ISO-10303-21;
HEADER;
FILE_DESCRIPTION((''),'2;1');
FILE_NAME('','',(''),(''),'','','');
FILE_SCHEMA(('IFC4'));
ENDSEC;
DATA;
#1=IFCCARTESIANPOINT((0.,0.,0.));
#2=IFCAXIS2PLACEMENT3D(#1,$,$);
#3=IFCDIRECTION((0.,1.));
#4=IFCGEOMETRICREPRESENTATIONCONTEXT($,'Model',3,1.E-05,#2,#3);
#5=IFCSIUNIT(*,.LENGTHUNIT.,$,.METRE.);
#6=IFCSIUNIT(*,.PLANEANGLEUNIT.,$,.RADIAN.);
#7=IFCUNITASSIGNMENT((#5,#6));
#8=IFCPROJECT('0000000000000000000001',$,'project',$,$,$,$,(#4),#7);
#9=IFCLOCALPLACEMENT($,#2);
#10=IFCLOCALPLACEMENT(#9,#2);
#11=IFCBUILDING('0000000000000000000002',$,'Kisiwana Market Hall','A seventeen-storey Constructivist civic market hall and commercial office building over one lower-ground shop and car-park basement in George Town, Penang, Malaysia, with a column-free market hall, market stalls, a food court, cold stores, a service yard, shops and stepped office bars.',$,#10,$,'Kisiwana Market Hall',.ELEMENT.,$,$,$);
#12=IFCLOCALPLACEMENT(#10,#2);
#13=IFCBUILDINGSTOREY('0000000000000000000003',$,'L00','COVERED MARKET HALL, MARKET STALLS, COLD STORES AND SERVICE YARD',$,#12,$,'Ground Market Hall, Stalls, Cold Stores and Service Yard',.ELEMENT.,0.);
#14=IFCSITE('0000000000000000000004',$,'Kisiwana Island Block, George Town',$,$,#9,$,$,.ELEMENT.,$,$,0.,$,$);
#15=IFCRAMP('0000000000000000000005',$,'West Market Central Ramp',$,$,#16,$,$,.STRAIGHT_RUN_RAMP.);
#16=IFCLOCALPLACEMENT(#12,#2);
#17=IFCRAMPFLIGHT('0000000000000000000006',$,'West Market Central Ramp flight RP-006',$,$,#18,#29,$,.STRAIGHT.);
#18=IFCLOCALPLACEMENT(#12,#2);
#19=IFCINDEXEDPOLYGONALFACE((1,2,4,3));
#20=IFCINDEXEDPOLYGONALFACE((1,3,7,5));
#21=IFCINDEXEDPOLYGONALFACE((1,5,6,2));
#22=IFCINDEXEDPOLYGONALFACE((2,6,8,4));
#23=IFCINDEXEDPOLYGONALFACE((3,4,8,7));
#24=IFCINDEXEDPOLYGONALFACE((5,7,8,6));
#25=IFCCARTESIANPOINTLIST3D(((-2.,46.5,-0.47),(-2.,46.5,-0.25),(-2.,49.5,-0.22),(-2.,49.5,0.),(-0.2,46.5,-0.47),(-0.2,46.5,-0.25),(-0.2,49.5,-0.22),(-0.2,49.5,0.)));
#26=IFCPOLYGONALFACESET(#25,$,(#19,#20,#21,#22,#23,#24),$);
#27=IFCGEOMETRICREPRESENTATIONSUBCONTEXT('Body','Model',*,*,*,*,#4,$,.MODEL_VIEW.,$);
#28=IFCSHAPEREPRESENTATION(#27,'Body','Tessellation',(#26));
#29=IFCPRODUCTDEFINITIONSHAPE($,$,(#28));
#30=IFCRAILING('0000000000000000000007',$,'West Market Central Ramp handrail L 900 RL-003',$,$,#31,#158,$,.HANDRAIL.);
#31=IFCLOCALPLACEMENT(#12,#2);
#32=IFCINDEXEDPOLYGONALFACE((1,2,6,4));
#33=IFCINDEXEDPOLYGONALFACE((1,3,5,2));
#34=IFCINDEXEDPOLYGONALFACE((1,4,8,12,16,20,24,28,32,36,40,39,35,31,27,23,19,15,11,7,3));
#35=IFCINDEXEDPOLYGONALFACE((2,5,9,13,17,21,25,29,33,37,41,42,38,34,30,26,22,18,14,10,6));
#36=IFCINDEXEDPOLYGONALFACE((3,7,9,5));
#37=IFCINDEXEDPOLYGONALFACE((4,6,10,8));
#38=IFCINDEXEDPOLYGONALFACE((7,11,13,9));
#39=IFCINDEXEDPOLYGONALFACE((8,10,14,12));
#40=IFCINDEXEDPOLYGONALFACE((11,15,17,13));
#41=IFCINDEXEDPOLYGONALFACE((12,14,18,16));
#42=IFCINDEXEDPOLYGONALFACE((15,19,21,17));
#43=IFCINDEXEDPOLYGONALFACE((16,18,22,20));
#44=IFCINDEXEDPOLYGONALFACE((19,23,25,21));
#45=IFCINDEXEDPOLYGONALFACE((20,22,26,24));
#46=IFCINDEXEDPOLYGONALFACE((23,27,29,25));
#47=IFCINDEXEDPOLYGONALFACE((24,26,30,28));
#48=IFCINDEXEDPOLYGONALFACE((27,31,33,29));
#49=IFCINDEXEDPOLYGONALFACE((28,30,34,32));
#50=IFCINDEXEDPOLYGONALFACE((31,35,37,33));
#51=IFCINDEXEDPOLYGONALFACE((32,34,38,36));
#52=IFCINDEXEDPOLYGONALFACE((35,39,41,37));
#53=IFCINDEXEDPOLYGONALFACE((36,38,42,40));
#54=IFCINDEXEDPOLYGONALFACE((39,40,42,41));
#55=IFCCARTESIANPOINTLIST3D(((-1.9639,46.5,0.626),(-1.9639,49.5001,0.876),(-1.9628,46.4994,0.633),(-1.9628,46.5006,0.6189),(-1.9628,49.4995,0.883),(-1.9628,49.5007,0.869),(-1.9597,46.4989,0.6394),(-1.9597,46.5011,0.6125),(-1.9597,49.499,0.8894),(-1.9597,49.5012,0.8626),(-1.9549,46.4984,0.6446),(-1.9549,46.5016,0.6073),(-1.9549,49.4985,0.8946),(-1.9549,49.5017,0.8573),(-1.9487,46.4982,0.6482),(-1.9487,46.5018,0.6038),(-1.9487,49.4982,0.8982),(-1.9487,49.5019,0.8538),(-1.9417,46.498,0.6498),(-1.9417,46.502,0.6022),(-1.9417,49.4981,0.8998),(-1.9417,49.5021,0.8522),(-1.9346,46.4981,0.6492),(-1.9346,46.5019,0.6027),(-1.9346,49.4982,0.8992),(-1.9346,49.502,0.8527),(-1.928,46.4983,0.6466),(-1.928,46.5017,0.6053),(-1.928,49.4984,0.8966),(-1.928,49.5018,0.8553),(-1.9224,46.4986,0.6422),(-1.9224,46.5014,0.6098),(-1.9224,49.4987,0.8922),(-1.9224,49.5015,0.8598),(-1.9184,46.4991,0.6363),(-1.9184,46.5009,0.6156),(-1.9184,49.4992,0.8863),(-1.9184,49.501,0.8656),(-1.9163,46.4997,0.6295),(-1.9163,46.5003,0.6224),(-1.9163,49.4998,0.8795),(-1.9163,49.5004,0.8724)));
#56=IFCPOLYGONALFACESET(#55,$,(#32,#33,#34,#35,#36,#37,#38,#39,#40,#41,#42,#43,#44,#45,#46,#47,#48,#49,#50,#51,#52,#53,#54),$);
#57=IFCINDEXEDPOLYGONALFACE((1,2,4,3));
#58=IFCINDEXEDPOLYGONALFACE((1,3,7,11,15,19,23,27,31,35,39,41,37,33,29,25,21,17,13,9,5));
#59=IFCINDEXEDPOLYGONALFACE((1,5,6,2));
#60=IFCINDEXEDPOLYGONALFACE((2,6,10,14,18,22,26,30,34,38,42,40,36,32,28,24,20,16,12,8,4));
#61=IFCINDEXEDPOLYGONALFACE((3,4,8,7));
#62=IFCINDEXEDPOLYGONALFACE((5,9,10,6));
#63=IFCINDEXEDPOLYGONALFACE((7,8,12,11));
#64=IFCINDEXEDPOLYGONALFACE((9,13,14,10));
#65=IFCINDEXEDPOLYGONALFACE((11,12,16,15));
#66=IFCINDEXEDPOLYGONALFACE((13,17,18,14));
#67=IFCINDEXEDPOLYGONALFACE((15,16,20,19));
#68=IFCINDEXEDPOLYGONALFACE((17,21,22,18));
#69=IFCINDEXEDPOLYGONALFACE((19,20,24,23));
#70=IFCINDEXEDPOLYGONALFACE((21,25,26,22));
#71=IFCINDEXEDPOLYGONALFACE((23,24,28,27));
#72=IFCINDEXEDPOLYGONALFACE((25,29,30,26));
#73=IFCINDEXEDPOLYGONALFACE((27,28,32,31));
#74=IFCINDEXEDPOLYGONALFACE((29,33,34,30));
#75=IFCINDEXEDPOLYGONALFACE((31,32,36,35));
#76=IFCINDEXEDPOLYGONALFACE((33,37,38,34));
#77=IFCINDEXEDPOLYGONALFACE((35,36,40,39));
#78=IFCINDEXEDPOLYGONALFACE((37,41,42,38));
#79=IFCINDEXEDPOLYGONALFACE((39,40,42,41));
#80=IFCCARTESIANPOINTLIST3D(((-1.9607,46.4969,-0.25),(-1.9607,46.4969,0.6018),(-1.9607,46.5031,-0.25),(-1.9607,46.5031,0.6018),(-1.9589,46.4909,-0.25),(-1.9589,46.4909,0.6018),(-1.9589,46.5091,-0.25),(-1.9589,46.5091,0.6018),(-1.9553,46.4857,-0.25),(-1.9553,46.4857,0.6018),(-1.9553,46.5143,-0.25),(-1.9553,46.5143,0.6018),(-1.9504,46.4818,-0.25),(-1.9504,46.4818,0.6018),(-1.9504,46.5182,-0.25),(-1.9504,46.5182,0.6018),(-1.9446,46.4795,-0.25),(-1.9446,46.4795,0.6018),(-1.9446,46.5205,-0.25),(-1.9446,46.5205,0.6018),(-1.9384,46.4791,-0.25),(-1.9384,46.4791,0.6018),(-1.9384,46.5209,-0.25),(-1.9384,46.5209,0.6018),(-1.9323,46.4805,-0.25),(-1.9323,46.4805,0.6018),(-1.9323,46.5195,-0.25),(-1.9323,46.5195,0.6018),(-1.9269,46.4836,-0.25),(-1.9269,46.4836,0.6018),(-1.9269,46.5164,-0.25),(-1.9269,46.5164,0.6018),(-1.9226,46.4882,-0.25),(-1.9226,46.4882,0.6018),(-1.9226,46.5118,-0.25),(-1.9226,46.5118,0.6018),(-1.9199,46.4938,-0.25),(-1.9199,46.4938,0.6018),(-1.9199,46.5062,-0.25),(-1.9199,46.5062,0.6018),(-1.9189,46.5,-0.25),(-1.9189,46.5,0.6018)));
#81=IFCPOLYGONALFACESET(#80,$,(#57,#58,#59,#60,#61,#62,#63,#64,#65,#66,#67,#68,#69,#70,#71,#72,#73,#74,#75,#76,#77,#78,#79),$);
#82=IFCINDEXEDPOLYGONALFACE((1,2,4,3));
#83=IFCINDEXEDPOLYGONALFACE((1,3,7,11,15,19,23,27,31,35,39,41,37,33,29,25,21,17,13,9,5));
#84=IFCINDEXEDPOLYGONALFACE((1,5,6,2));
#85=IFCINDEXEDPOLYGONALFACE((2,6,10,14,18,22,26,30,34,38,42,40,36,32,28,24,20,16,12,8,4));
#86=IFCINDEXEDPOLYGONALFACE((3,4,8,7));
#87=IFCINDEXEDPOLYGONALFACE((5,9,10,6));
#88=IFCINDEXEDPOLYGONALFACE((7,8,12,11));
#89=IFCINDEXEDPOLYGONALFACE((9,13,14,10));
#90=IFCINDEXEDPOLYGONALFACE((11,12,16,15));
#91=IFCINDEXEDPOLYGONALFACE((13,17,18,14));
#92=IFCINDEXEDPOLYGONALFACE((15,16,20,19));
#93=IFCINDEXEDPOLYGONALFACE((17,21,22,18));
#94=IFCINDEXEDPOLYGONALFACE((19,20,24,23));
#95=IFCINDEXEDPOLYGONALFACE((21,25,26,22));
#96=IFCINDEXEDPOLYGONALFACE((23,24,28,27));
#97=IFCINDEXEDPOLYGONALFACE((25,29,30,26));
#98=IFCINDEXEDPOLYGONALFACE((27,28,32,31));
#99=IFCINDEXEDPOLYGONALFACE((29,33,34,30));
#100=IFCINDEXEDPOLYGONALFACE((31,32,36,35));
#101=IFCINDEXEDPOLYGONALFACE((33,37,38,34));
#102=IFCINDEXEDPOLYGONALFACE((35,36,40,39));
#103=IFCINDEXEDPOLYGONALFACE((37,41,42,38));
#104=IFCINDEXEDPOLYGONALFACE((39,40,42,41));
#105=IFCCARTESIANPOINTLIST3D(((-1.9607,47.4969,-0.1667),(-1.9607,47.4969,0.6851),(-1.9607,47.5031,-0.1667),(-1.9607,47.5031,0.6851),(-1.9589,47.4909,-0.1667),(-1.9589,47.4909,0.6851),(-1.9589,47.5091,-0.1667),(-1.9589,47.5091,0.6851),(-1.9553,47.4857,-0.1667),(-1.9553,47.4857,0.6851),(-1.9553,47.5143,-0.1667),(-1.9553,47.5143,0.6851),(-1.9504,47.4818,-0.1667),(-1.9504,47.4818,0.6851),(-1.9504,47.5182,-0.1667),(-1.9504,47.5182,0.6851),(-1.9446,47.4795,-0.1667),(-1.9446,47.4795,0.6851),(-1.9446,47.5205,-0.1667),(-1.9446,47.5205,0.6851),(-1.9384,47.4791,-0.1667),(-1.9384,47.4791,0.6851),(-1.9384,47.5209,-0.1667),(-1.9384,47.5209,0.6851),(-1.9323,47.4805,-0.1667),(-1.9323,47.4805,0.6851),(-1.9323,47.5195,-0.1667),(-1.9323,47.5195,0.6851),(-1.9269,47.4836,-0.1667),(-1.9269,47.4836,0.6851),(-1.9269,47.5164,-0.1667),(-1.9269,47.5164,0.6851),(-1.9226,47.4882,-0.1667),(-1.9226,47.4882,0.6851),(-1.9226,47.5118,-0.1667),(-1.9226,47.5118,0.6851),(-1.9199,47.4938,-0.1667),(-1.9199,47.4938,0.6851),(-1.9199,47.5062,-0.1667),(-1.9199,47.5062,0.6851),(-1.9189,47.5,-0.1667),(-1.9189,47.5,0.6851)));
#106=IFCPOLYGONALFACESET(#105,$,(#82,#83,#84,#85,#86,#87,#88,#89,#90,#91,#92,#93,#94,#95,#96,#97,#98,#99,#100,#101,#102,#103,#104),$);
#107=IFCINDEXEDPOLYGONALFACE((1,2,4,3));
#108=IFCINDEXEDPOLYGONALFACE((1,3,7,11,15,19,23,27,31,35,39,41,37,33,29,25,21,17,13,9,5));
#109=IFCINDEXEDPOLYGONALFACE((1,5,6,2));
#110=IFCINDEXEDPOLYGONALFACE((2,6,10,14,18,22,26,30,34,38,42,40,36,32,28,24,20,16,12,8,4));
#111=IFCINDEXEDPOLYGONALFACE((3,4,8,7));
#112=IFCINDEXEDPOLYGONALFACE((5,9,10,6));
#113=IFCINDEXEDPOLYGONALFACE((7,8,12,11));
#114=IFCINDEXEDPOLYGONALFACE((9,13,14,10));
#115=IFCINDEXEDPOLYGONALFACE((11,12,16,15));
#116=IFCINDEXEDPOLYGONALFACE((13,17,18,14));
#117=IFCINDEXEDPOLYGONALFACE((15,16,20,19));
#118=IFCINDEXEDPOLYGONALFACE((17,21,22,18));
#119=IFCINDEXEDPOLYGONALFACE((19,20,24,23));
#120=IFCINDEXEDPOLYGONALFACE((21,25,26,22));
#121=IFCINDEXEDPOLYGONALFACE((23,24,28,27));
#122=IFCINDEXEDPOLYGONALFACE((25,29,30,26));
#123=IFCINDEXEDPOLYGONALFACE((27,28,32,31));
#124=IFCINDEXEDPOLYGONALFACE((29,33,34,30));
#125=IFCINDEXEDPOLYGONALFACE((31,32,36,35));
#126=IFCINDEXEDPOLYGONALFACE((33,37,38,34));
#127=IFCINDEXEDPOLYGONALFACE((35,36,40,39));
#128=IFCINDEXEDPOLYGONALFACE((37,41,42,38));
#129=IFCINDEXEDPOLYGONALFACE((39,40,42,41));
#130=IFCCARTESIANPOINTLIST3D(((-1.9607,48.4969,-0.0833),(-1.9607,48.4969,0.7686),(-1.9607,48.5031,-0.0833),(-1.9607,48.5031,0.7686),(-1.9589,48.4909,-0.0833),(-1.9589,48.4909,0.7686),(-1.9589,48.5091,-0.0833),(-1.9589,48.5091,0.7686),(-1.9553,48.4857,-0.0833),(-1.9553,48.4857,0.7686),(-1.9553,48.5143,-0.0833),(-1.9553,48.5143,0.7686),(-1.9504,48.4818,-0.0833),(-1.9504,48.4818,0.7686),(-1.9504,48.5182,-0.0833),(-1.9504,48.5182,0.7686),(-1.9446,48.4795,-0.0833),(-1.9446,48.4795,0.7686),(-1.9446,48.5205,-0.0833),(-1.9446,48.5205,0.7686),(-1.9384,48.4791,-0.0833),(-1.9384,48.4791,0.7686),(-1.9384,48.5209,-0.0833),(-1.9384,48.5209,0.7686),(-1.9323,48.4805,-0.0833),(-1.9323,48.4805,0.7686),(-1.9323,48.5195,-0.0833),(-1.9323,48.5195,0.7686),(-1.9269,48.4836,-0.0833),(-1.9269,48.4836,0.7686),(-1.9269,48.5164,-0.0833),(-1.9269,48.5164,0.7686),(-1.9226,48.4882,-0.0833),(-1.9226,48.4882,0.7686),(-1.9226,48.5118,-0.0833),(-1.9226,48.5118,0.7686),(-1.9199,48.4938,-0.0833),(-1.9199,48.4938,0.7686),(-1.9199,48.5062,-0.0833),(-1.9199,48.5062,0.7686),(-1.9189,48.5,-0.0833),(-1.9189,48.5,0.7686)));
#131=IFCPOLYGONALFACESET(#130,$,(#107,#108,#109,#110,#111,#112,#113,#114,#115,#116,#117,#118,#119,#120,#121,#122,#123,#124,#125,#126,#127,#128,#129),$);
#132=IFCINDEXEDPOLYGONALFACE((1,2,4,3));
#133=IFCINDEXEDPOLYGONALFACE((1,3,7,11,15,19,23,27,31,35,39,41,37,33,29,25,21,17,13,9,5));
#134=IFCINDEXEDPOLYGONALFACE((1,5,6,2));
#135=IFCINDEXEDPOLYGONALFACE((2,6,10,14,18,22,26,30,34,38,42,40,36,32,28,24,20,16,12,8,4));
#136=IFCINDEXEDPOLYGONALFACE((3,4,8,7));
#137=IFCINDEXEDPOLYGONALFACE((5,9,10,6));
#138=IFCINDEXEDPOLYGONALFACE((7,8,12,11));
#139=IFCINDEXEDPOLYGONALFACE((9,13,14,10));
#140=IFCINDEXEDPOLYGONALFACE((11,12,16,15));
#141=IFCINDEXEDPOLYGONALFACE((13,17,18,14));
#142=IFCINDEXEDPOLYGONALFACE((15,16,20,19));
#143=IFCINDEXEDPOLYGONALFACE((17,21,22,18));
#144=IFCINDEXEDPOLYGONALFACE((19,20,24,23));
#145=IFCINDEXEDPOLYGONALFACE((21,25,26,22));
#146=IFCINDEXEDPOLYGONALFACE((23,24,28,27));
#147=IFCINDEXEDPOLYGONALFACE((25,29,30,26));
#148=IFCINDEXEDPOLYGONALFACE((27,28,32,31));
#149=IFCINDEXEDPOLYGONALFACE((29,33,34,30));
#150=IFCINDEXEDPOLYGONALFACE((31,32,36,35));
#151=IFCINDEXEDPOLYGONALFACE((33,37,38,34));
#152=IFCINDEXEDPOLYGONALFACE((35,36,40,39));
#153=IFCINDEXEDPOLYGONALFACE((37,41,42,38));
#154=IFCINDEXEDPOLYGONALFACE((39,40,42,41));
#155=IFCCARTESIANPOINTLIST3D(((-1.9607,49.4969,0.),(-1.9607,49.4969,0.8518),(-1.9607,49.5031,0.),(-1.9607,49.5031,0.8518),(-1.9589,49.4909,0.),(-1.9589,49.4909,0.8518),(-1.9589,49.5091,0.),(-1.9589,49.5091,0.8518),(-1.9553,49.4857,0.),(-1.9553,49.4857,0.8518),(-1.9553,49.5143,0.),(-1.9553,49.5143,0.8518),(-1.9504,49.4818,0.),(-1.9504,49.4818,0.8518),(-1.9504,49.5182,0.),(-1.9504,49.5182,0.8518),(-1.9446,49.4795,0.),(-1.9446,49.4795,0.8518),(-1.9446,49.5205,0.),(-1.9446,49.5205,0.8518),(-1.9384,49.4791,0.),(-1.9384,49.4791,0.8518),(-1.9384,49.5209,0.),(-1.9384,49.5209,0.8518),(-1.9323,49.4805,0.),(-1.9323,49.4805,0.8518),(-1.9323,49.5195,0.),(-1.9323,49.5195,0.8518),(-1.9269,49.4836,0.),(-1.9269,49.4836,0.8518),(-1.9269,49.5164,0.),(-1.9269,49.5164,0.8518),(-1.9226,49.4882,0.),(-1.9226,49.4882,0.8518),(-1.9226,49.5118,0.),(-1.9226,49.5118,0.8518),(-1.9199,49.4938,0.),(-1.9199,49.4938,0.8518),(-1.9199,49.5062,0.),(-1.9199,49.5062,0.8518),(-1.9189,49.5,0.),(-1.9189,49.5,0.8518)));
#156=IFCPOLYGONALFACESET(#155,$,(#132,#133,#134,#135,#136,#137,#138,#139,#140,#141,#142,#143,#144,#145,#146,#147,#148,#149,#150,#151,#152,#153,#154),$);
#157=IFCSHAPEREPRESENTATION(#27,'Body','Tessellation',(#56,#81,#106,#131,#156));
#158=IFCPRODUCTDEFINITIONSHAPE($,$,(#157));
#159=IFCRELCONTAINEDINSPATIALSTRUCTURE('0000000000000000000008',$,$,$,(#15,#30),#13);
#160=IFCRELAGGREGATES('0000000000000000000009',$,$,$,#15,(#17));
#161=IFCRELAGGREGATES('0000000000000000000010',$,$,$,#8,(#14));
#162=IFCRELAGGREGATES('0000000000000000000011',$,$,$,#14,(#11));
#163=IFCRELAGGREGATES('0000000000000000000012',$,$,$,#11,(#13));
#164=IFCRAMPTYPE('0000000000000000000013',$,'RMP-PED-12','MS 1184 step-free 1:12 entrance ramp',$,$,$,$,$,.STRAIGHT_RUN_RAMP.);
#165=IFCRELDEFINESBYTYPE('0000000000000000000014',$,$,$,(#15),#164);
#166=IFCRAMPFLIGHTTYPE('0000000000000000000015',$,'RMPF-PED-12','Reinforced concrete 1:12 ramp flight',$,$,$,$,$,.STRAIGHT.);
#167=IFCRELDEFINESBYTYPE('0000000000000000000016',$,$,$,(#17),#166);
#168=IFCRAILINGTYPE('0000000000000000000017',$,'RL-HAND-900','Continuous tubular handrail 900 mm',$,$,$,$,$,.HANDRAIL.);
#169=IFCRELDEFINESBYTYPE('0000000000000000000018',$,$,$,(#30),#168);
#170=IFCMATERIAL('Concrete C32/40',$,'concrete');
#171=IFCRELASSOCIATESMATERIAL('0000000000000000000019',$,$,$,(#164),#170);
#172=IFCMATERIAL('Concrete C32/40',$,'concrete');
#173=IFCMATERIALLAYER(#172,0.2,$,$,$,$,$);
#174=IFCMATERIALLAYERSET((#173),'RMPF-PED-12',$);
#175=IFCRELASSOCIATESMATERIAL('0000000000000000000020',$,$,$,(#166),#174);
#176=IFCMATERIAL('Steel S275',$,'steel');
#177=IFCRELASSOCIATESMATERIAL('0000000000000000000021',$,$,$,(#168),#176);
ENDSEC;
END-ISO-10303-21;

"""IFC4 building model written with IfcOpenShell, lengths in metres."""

from ifc_helpers import new_model, si_unit, direction, frame, origin, origin_2d, place, context, subcontext, project, spatial, polyline, circle, outline, extrude, material, layer, layer_set, type_object, element, aggregate, save


model = new_model("IFC4")

# Units and contexts
model_context = context("Model", 3, precision=1e-05, world=origin(), true_north=direction((0.0, 1.0)))
body_context = subcontext(model_context, "Body", "Model", "MODEL_VIEW")
ifc_project = project(units=[si_unit("LENGTHUNIT", "METRE"), si_unit("PLANEANGLEUNIT", "RADIAN")], contexts=[model_context])

# Site, building, storey
site_placement = place(None, origin())
site = spatial("IfcSite", under=ifc_project, at=site_placement, Name="Kisiwana Island Block, George Town", CompositionType="ELEMENT", RefElevation=0.0)
building_placement = place(site_placement, origin())
building = spatial("IfcBuilding", under=site, at=building_placement, Name="Kisiwana Market Hall", Description="A seventeen-storey Constructivist civic market hall and commercial office building over one lower-ground shop and car-park basement in George Town, Penang, Malaysia, with a column-free market hall, market stalls, a food court, cold stores, a service yard, shops and stepped office bars.", LongName="Kisiwana Market Hall", CompositionType="ELEMENT")
storey_placement = place(building_placement, origin())
storey = spatial("IfcBuildingStorey", under=building, at=storey_placement, Name="L00", Description="COVERED MARKET HALL, MARKET STALLS, COLD STORES AND SERVICE YARD", LongName="Ground Market Hall, Stalls, Cold Stores and Service Yard", CompositionType="ELEMENT", Elevation=0.0)

# Ramp, ramp flight
ifc_material_1 = material(Name="Concrete C32/40", Category="concrete")
ramp_type = type_object("IfcRampType", Name="RMP-PED-12", Description="MS 1184 step-free 1:12 entrance ramp", PredefinedType="STRAIGHT_RUN_RAMP", material=ifc_material_1)
ramp_placement = place(storey_placement, origin())
ramp = element("IfcRamp", 1, at=ramp_placement, inside=storey, type_object=ramp_type, Name="West Market Central Ramp", PredefinedType="STRAIGHT_RUN_RAMP")
ifc_material_2 = material(Name="Concrete C32/40", Category="concrete")
ifc_layer_1 = layer(ifc_material_2, 0.2)
ifc_layer_set_1 = layer_set([ifc_layer_1], Name="RMPF-PED-12")
ramp_flight_type = type_object("IfcRampFlightType", Name="RMPF-PED-12", Description="Reinforced concrete 1:12 ramp flight", PredefinedType="STRAIGHT", material=ifc_layer_set_1)
ramp_flight_placement = place(storey_placement, frame((-1.1001, 46.5, -0.25), z_axis=(0.0, 0.0, 1.0), x_axis=(0.0, 1.0, 0.0)))
ramp_flight = element("IfcRampFlight", 2, at=ramp_flight_placement, type_object=ramp_flight_type, Name="West Market Central Ramp flight RP-006", PredefinedType="STRAIGHT", context=body_context, shape_type="SweptSolid", body=[
    extrude(outline(polyline([(0.0, -0.22), (3.0, 0.03), (3.0, 0.25), (0.0, 0.0), (0.0, -0.22)])), frame((0.0, 0.8999, 0.0), z_axis=(0.0, -1.0, 0.0), x_axis=(1.0, 0.0, 0.0)), (0.0, 0.0, 1.0), 1.8),
])
aggregate(ramp, [ramp_flight])

# Railing
ifc_material_3 = material(Name="Steel S275", Category="steel")
railing_type_1 = type_object("IfcRailingType", Name="RL-HAND-900", Description="Continuous tubular handrail 900 mm", PredefinedType="HANDRAIL", material=ifc_material_3)
for number, where, name in (
    (3, (-1.9399, 46.5, -0.25), "West Market Central Ramp handrail L 900 RL-003"),
):
    element("IfcRailing", number, at=place(storey_placement, frame(where)), inside=storey, type_object=railing_type_1, Name=name, PredefinedType="HANDRAIL", context=body_context, shape_type="SweptSolid", body=[
        extrude(circle(Radius=0.0239, at=origin_2d()), frame((0.0, 0.0, 0.876), z_axis=(0.0, 0.996546, 0.083045), x_axis=(-1.0, 0.0, 0.0)), (0.0, 0.0, 1.0), 3.0105),
        extrude(circle(Radius=0.021, at=origin_2d()), origin(), (0.0, 0.0, 1.0), 0.8518),
        extrude(circle(Radius=0.021, at=origin_2d()), frame((0.0, 1.0, 0.0833)), (0.0, 0.0, 1.0), 0.8518),
        extrude(circle(Radius=0.021, at=origin_2d()), frame((0.0, 2.0, 0.1667)), (0.0, 0.0, 1.0), 0.8518),
        extrude(circle(Radius=0.021, at=origin_2d()), frame((0.0, 3.0, 0.25)), (0.0, 0.0, 1.0), 0.8518),
    ])

save(model, "model.ifc")
